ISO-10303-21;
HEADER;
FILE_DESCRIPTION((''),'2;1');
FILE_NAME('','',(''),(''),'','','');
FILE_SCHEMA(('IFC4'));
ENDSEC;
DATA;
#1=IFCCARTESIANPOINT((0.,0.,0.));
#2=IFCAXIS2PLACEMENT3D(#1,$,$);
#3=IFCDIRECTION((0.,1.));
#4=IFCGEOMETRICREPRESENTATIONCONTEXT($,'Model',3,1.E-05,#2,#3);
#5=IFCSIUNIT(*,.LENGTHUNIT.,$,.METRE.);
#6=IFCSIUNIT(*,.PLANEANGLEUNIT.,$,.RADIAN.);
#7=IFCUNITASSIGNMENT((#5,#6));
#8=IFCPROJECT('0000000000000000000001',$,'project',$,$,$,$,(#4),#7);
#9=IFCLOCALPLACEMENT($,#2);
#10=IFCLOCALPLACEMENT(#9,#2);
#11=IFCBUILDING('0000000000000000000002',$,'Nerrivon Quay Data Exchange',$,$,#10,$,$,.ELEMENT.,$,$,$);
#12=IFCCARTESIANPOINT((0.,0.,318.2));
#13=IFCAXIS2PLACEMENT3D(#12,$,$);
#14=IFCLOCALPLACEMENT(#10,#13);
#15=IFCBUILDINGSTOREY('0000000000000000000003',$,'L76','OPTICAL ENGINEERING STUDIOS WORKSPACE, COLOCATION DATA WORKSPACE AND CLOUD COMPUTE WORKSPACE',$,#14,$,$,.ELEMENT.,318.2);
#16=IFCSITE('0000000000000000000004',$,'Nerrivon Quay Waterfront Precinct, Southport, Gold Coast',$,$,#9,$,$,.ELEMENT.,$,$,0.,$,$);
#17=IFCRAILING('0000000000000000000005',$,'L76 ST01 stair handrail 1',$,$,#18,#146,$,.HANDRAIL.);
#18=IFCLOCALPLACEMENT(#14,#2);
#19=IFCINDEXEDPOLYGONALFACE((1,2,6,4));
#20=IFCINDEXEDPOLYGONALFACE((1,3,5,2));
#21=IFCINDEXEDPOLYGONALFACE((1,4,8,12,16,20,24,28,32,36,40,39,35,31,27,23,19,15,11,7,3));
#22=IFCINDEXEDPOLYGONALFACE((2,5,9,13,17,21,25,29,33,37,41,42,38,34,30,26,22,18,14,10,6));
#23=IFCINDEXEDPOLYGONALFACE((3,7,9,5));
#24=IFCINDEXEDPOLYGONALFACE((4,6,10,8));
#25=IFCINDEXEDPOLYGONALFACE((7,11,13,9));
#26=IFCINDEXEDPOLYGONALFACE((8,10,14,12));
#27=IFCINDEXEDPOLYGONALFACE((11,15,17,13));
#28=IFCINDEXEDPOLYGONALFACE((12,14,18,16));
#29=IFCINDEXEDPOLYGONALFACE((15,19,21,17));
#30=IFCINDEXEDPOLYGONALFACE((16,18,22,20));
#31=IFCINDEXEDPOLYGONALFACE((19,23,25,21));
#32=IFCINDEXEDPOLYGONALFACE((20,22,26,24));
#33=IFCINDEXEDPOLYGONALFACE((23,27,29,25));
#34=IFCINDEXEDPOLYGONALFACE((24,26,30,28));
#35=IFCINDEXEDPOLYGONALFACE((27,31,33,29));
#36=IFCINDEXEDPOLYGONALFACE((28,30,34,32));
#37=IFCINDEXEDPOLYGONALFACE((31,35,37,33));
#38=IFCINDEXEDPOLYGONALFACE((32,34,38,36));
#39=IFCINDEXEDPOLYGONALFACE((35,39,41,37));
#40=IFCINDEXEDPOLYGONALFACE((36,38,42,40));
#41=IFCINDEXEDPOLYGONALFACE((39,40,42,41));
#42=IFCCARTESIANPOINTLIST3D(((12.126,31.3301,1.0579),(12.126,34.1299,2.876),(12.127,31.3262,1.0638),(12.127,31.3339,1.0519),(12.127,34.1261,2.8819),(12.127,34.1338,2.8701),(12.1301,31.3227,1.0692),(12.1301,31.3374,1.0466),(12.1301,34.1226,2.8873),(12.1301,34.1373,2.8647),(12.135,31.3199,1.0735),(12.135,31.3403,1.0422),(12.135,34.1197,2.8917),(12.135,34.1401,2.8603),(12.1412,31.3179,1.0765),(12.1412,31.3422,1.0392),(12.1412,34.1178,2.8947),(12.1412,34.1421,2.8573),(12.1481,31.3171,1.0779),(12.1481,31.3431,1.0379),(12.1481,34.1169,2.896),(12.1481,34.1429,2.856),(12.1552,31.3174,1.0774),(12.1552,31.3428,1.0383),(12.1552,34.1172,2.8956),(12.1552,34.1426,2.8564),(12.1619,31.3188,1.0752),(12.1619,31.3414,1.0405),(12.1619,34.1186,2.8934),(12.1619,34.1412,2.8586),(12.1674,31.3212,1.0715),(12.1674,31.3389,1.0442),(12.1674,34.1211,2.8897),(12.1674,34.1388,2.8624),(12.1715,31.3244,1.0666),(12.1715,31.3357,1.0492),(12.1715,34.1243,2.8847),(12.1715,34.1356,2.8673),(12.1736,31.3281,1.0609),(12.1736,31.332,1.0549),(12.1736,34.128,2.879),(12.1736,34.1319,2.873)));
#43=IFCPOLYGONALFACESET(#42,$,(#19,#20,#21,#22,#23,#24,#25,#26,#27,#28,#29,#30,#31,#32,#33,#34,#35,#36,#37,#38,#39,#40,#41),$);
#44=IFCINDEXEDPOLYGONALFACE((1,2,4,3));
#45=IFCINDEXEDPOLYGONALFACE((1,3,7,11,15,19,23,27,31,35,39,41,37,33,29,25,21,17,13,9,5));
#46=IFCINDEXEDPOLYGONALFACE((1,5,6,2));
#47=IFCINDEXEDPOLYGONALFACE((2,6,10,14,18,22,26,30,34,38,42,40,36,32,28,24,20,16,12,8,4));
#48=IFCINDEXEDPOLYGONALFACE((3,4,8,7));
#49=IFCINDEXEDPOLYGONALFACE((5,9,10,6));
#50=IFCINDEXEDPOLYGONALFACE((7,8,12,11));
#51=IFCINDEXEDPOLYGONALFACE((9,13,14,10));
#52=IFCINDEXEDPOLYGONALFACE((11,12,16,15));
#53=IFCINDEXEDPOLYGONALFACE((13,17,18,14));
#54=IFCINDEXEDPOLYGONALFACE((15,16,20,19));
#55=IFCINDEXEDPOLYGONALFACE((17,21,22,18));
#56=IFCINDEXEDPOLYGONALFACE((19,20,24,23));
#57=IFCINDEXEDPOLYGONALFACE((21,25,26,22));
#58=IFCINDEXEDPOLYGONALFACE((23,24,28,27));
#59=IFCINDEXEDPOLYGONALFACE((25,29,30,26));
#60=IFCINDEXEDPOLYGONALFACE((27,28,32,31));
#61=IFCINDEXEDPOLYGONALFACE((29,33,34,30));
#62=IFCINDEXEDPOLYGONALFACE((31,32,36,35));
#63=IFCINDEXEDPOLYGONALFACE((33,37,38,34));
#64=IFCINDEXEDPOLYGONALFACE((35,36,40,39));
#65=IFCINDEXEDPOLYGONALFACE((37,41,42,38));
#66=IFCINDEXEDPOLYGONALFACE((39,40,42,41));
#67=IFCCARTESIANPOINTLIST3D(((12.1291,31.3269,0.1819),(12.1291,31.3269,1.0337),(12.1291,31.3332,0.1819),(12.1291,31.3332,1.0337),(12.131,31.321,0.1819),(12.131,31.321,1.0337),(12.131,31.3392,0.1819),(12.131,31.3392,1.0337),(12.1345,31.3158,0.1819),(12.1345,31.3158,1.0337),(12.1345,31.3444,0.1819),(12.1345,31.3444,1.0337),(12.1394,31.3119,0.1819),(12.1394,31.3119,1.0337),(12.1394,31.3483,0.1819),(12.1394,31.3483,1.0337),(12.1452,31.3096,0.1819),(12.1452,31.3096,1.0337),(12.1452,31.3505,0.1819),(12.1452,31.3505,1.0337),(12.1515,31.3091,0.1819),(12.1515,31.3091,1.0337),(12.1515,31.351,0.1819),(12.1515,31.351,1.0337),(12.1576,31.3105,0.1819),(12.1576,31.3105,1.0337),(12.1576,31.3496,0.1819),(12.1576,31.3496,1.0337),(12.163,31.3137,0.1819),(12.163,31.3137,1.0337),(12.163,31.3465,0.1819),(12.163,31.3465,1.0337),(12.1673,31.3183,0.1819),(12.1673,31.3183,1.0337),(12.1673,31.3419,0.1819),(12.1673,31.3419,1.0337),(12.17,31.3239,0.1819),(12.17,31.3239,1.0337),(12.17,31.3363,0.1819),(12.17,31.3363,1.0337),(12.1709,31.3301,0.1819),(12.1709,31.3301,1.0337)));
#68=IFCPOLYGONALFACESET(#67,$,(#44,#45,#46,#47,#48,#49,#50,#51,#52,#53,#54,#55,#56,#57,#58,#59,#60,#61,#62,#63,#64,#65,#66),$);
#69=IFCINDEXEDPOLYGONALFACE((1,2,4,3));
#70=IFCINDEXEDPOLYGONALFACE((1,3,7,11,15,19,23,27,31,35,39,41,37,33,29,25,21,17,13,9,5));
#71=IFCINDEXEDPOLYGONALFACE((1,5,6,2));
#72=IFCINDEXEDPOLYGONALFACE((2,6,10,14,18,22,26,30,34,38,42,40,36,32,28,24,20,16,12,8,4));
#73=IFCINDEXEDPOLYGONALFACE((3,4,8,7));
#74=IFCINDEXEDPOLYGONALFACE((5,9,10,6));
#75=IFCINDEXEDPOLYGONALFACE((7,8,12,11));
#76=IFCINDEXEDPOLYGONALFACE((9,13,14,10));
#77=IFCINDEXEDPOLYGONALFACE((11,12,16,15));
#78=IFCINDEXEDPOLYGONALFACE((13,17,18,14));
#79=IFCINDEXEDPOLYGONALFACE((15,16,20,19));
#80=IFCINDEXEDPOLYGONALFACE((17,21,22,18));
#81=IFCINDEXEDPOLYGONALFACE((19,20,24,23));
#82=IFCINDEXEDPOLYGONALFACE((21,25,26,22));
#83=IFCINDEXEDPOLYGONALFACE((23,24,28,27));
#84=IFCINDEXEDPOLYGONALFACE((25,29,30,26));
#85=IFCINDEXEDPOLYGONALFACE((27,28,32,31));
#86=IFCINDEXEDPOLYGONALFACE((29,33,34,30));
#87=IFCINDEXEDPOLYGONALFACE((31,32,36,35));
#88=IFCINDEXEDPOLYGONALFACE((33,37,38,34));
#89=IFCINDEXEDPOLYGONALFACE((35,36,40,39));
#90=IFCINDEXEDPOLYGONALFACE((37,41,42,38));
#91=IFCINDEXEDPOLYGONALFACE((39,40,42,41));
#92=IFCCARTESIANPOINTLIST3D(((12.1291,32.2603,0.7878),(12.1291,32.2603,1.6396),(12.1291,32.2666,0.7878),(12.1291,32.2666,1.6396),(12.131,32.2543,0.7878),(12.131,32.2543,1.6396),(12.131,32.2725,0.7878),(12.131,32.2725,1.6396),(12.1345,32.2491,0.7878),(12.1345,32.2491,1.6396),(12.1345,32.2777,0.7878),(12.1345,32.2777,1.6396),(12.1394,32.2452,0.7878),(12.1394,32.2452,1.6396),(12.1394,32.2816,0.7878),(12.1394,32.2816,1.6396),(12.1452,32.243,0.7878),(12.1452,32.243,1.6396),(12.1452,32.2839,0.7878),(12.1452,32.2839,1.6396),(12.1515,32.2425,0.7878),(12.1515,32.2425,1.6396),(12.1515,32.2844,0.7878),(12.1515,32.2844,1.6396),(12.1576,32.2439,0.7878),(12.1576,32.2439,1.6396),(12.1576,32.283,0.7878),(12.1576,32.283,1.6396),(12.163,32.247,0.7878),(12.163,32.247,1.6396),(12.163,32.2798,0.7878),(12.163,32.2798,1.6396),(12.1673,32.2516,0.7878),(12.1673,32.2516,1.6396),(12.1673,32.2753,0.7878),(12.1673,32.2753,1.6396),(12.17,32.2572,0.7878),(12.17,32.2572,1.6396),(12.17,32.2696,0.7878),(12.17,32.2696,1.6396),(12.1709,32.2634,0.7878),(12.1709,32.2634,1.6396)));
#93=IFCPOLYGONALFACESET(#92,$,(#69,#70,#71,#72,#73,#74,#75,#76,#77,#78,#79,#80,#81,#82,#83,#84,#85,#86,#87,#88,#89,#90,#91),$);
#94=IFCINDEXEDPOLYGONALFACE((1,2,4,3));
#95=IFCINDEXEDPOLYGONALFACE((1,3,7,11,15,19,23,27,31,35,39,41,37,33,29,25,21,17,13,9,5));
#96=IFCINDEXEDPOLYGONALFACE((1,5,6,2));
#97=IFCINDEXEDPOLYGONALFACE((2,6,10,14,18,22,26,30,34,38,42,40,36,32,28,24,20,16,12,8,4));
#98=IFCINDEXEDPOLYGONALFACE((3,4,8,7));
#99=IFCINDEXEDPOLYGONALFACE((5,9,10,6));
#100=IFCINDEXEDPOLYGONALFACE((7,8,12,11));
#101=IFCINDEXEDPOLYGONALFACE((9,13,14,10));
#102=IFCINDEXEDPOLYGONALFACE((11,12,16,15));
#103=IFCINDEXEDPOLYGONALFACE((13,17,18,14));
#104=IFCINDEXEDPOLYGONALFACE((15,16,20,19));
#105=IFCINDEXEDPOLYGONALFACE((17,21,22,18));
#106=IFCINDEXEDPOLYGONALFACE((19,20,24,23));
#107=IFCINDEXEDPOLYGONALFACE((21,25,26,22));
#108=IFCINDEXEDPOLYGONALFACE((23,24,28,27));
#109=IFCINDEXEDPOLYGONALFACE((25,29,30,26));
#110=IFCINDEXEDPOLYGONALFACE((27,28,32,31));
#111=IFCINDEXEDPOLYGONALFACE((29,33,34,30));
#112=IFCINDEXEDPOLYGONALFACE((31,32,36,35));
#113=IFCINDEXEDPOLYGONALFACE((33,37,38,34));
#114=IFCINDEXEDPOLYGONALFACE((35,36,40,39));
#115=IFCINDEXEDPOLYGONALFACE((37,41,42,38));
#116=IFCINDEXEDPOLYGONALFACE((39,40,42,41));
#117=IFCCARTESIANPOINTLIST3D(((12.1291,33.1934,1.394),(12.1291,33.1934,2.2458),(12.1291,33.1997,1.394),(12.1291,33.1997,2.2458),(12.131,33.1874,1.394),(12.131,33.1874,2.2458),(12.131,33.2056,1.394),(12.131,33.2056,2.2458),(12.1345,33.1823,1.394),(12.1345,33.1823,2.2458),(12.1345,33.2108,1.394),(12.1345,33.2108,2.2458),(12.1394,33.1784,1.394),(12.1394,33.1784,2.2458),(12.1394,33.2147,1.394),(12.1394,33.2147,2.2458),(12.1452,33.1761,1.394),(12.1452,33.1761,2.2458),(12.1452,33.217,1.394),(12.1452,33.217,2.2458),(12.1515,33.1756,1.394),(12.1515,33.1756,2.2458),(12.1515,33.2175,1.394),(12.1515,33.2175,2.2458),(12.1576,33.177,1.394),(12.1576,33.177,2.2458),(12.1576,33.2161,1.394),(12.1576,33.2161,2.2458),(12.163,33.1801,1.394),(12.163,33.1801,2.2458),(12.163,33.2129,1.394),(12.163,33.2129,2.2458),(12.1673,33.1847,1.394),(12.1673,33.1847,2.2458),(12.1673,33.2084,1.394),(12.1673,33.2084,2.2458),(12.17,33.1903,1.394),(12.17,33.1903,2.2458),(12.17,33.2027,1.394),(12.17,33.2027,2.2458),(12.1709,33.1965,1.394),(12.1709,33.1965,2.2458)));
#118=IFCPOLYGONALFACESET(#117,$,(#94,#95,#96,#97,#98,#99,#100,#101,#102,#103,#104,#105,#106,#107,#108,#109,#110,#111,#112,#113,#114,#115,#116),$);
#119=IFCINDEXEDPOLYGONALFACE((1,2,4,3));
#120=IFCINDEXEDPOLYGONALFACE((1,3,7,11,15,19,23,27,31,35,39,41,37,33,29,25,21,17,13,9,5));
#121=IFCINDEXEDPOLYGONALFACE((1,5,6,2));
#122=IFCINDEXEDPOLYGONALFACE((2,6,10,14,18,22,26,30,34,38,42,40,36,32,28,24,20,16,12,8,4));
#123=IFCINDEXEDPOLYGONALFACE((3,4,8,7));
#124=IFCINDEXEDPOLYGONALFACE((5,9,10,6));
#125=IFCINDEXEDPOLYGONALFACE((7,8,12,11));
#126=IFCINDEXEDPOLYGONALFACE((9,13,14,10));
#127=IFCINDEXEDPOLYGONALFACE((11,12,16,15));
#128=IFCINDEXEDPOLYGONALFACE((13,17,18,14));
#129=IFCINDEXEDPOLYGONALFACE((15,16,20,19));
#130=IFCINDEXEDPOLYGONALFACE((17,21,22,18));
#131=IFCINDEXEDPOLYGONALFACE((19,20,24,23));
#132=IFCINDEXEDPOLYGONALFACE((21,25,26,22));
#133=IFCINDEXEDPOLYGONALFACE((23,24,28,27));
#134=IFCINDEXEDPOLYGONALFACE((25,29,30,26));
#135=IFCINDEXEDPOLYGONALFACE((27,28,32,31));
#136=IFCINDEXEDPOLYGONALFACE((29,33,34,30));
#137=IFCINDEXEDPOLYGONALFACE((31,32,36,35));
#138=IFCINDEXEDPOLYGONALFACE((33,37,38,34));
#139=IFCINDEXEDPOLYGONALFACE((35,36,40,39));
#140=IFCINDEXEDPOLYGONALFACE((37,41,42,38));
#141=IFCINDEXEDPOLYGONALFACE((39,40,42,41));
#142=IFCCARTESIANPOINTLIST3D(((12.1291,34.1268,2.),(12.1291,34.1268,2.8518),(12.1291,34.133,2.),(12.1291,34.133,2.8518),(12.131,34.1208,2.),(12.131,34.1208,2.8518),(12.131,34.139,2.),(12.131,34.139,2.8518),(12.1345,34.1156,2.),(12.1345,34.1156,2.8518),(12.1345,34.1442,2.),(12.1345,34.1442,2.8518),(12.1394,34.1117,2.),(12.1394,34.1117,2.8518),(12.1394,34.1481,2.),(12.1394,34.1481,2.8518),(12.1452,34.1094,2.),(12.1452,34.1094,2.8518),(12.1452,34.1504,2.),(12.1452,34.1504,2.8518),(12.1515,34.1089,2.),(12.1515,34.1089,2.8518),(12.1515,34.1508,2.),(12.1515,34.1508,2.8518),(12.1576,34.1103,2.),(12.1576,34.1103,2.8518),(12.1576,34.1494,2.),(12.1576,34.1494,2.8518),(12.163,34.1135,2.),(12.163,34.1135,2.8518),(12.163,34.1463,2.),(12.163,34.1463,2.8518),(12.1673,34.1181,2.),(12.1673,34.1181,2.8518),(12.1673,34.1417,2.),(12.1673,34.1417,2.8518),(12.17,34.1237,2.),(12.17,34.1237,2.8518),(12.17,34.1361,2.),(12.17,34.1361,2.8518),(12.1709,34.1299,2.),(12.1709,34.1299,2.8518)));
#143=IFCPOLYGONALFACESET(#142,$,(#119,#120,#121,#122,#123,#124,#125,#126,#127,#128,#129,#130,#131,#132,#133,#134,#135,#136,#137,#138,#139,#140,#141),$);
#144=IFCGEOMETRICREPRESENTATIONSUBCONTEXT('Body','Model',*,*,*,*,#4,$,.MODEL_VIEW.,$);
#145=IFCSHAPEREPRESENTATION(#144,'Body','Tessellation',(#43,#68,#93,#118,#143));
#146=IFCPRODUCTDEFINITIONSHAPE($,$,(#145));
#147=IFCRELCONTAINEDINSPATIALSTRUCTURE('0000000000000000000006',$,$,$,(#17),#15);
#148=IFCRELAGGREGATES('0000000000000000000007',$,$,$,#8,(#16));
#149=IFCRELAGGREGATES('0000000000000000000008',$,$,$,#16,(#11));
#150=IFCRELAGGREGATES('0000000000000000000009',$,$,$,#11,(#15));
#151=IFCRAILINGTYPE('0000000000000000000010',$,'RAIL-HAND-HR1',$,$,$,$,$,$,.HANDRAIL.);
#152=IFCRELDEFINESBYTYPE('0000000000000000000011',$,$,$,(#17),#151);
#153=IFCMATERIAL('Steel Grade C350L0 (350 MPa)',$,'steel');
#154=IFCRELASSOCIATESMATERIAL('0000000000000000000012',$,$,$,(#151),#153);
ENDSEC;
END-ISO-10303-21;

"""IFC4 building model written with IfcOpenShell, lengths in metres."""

from ifc_helpers import new_model, si_unit, direction, frame, origin, origin_2d, place, context, subcontext, project, spatial, circle, extrude, material, type_object, element, save


model = new_model("IFC4")

# Units and contexts
model_context = context("Model", 3, precision=1e-05, world=origin(), true_north=direction((0.0, 1.0)))
body_context = subcontext(model_context, "Body", "Model", "MODEL_VIEW")
ifc_project = project(units=[si_unit("LENGTHUNIT", "METRE"), si_unit("PLANEANGLEUNIT", "RADIAN")], contexts=[model_context])

# Site, building, storey
site_placement = place(None, origin())
site = spatial("IfcSite", under=ifc_project, at=site_placement, Name="Nerrivon Quay Waterfront Precinct, Southport, Gold Coast", CompositionType="ELEMENT", RefElevation=0.0)
building_placement = place(site_placement, origin())
building = spatial("IfcBuilding", under=site, at=building_placement, Name="Nerrivon Quay Data Exchange", CompositionType="ELEMENT")
storey_placement = place(building_placement, frame((0.0, 0.0, 318.2)))
storey = spatial("IfcBuildingStorey", under=building, at=storey_placement, Name="L76", Description="OPTICAL ENGINEERING STUDIOS WORKSPACE, COLOCATION DATA WORKSPACE AND CLOUD COMPUTE WORKSPACE", CompositionType="ELEMENT", Elevation=318.2)

# Shared definitions
ifc_material_1 = material(Name="Steel Grade C350L0 (350 MPa)", Category="steel")

# Railing
railing_type_1 = type_object("IfcRailingType", Name="RAIL-HAND-HR1", PredefinedType="HANDRAIL", material=ifc_material_1)
railing_1_placement = place(storey_placement, frame((12.1499, 31.3301, 0.1819)))
element("IfcRailing", 1, at=railing_1_placement, inside=storey, type_object=railing_type_1, Name="L76 ST01 stair handrail 1", PredefinedType="HANDRAIL", context=body_context, shape_type="SweptSolid", body=[
    extrude(circle(Radius=0.0239, at=origin_2d()), frame((0.0, 0.0, 0.876), z_axis=(0.0, 0.838684, 0.544618), x_axis=(-1.0, 0.0, 0.0)), (0.0, 0.0, 1.0), 3.3384),
    extrude(circle(Radius=0.021, at=origin_2d()), origin(), (0.0, 0.0, 1.0), 0.8518),
    extrude(circle(Radius=0.021, at=origin_2d()), frame((0.0, 0.9333, 0.606)), (0.0, 0.0, 1.0), 0.8518),
    extrude(circle(Radius=0.021, at=origin_2d()), frame((0.0, 1.8665, 1.2122)), (0.0, 0.0, 1.0), 0.8518),
    extrude(circle(Radius=0.021, at=origin_2d()), frame((0.0, 2.7998, 1.8181)), (0.0, 0.0, 1.0), 0.8518),
])

save(model, "model.ifc")
